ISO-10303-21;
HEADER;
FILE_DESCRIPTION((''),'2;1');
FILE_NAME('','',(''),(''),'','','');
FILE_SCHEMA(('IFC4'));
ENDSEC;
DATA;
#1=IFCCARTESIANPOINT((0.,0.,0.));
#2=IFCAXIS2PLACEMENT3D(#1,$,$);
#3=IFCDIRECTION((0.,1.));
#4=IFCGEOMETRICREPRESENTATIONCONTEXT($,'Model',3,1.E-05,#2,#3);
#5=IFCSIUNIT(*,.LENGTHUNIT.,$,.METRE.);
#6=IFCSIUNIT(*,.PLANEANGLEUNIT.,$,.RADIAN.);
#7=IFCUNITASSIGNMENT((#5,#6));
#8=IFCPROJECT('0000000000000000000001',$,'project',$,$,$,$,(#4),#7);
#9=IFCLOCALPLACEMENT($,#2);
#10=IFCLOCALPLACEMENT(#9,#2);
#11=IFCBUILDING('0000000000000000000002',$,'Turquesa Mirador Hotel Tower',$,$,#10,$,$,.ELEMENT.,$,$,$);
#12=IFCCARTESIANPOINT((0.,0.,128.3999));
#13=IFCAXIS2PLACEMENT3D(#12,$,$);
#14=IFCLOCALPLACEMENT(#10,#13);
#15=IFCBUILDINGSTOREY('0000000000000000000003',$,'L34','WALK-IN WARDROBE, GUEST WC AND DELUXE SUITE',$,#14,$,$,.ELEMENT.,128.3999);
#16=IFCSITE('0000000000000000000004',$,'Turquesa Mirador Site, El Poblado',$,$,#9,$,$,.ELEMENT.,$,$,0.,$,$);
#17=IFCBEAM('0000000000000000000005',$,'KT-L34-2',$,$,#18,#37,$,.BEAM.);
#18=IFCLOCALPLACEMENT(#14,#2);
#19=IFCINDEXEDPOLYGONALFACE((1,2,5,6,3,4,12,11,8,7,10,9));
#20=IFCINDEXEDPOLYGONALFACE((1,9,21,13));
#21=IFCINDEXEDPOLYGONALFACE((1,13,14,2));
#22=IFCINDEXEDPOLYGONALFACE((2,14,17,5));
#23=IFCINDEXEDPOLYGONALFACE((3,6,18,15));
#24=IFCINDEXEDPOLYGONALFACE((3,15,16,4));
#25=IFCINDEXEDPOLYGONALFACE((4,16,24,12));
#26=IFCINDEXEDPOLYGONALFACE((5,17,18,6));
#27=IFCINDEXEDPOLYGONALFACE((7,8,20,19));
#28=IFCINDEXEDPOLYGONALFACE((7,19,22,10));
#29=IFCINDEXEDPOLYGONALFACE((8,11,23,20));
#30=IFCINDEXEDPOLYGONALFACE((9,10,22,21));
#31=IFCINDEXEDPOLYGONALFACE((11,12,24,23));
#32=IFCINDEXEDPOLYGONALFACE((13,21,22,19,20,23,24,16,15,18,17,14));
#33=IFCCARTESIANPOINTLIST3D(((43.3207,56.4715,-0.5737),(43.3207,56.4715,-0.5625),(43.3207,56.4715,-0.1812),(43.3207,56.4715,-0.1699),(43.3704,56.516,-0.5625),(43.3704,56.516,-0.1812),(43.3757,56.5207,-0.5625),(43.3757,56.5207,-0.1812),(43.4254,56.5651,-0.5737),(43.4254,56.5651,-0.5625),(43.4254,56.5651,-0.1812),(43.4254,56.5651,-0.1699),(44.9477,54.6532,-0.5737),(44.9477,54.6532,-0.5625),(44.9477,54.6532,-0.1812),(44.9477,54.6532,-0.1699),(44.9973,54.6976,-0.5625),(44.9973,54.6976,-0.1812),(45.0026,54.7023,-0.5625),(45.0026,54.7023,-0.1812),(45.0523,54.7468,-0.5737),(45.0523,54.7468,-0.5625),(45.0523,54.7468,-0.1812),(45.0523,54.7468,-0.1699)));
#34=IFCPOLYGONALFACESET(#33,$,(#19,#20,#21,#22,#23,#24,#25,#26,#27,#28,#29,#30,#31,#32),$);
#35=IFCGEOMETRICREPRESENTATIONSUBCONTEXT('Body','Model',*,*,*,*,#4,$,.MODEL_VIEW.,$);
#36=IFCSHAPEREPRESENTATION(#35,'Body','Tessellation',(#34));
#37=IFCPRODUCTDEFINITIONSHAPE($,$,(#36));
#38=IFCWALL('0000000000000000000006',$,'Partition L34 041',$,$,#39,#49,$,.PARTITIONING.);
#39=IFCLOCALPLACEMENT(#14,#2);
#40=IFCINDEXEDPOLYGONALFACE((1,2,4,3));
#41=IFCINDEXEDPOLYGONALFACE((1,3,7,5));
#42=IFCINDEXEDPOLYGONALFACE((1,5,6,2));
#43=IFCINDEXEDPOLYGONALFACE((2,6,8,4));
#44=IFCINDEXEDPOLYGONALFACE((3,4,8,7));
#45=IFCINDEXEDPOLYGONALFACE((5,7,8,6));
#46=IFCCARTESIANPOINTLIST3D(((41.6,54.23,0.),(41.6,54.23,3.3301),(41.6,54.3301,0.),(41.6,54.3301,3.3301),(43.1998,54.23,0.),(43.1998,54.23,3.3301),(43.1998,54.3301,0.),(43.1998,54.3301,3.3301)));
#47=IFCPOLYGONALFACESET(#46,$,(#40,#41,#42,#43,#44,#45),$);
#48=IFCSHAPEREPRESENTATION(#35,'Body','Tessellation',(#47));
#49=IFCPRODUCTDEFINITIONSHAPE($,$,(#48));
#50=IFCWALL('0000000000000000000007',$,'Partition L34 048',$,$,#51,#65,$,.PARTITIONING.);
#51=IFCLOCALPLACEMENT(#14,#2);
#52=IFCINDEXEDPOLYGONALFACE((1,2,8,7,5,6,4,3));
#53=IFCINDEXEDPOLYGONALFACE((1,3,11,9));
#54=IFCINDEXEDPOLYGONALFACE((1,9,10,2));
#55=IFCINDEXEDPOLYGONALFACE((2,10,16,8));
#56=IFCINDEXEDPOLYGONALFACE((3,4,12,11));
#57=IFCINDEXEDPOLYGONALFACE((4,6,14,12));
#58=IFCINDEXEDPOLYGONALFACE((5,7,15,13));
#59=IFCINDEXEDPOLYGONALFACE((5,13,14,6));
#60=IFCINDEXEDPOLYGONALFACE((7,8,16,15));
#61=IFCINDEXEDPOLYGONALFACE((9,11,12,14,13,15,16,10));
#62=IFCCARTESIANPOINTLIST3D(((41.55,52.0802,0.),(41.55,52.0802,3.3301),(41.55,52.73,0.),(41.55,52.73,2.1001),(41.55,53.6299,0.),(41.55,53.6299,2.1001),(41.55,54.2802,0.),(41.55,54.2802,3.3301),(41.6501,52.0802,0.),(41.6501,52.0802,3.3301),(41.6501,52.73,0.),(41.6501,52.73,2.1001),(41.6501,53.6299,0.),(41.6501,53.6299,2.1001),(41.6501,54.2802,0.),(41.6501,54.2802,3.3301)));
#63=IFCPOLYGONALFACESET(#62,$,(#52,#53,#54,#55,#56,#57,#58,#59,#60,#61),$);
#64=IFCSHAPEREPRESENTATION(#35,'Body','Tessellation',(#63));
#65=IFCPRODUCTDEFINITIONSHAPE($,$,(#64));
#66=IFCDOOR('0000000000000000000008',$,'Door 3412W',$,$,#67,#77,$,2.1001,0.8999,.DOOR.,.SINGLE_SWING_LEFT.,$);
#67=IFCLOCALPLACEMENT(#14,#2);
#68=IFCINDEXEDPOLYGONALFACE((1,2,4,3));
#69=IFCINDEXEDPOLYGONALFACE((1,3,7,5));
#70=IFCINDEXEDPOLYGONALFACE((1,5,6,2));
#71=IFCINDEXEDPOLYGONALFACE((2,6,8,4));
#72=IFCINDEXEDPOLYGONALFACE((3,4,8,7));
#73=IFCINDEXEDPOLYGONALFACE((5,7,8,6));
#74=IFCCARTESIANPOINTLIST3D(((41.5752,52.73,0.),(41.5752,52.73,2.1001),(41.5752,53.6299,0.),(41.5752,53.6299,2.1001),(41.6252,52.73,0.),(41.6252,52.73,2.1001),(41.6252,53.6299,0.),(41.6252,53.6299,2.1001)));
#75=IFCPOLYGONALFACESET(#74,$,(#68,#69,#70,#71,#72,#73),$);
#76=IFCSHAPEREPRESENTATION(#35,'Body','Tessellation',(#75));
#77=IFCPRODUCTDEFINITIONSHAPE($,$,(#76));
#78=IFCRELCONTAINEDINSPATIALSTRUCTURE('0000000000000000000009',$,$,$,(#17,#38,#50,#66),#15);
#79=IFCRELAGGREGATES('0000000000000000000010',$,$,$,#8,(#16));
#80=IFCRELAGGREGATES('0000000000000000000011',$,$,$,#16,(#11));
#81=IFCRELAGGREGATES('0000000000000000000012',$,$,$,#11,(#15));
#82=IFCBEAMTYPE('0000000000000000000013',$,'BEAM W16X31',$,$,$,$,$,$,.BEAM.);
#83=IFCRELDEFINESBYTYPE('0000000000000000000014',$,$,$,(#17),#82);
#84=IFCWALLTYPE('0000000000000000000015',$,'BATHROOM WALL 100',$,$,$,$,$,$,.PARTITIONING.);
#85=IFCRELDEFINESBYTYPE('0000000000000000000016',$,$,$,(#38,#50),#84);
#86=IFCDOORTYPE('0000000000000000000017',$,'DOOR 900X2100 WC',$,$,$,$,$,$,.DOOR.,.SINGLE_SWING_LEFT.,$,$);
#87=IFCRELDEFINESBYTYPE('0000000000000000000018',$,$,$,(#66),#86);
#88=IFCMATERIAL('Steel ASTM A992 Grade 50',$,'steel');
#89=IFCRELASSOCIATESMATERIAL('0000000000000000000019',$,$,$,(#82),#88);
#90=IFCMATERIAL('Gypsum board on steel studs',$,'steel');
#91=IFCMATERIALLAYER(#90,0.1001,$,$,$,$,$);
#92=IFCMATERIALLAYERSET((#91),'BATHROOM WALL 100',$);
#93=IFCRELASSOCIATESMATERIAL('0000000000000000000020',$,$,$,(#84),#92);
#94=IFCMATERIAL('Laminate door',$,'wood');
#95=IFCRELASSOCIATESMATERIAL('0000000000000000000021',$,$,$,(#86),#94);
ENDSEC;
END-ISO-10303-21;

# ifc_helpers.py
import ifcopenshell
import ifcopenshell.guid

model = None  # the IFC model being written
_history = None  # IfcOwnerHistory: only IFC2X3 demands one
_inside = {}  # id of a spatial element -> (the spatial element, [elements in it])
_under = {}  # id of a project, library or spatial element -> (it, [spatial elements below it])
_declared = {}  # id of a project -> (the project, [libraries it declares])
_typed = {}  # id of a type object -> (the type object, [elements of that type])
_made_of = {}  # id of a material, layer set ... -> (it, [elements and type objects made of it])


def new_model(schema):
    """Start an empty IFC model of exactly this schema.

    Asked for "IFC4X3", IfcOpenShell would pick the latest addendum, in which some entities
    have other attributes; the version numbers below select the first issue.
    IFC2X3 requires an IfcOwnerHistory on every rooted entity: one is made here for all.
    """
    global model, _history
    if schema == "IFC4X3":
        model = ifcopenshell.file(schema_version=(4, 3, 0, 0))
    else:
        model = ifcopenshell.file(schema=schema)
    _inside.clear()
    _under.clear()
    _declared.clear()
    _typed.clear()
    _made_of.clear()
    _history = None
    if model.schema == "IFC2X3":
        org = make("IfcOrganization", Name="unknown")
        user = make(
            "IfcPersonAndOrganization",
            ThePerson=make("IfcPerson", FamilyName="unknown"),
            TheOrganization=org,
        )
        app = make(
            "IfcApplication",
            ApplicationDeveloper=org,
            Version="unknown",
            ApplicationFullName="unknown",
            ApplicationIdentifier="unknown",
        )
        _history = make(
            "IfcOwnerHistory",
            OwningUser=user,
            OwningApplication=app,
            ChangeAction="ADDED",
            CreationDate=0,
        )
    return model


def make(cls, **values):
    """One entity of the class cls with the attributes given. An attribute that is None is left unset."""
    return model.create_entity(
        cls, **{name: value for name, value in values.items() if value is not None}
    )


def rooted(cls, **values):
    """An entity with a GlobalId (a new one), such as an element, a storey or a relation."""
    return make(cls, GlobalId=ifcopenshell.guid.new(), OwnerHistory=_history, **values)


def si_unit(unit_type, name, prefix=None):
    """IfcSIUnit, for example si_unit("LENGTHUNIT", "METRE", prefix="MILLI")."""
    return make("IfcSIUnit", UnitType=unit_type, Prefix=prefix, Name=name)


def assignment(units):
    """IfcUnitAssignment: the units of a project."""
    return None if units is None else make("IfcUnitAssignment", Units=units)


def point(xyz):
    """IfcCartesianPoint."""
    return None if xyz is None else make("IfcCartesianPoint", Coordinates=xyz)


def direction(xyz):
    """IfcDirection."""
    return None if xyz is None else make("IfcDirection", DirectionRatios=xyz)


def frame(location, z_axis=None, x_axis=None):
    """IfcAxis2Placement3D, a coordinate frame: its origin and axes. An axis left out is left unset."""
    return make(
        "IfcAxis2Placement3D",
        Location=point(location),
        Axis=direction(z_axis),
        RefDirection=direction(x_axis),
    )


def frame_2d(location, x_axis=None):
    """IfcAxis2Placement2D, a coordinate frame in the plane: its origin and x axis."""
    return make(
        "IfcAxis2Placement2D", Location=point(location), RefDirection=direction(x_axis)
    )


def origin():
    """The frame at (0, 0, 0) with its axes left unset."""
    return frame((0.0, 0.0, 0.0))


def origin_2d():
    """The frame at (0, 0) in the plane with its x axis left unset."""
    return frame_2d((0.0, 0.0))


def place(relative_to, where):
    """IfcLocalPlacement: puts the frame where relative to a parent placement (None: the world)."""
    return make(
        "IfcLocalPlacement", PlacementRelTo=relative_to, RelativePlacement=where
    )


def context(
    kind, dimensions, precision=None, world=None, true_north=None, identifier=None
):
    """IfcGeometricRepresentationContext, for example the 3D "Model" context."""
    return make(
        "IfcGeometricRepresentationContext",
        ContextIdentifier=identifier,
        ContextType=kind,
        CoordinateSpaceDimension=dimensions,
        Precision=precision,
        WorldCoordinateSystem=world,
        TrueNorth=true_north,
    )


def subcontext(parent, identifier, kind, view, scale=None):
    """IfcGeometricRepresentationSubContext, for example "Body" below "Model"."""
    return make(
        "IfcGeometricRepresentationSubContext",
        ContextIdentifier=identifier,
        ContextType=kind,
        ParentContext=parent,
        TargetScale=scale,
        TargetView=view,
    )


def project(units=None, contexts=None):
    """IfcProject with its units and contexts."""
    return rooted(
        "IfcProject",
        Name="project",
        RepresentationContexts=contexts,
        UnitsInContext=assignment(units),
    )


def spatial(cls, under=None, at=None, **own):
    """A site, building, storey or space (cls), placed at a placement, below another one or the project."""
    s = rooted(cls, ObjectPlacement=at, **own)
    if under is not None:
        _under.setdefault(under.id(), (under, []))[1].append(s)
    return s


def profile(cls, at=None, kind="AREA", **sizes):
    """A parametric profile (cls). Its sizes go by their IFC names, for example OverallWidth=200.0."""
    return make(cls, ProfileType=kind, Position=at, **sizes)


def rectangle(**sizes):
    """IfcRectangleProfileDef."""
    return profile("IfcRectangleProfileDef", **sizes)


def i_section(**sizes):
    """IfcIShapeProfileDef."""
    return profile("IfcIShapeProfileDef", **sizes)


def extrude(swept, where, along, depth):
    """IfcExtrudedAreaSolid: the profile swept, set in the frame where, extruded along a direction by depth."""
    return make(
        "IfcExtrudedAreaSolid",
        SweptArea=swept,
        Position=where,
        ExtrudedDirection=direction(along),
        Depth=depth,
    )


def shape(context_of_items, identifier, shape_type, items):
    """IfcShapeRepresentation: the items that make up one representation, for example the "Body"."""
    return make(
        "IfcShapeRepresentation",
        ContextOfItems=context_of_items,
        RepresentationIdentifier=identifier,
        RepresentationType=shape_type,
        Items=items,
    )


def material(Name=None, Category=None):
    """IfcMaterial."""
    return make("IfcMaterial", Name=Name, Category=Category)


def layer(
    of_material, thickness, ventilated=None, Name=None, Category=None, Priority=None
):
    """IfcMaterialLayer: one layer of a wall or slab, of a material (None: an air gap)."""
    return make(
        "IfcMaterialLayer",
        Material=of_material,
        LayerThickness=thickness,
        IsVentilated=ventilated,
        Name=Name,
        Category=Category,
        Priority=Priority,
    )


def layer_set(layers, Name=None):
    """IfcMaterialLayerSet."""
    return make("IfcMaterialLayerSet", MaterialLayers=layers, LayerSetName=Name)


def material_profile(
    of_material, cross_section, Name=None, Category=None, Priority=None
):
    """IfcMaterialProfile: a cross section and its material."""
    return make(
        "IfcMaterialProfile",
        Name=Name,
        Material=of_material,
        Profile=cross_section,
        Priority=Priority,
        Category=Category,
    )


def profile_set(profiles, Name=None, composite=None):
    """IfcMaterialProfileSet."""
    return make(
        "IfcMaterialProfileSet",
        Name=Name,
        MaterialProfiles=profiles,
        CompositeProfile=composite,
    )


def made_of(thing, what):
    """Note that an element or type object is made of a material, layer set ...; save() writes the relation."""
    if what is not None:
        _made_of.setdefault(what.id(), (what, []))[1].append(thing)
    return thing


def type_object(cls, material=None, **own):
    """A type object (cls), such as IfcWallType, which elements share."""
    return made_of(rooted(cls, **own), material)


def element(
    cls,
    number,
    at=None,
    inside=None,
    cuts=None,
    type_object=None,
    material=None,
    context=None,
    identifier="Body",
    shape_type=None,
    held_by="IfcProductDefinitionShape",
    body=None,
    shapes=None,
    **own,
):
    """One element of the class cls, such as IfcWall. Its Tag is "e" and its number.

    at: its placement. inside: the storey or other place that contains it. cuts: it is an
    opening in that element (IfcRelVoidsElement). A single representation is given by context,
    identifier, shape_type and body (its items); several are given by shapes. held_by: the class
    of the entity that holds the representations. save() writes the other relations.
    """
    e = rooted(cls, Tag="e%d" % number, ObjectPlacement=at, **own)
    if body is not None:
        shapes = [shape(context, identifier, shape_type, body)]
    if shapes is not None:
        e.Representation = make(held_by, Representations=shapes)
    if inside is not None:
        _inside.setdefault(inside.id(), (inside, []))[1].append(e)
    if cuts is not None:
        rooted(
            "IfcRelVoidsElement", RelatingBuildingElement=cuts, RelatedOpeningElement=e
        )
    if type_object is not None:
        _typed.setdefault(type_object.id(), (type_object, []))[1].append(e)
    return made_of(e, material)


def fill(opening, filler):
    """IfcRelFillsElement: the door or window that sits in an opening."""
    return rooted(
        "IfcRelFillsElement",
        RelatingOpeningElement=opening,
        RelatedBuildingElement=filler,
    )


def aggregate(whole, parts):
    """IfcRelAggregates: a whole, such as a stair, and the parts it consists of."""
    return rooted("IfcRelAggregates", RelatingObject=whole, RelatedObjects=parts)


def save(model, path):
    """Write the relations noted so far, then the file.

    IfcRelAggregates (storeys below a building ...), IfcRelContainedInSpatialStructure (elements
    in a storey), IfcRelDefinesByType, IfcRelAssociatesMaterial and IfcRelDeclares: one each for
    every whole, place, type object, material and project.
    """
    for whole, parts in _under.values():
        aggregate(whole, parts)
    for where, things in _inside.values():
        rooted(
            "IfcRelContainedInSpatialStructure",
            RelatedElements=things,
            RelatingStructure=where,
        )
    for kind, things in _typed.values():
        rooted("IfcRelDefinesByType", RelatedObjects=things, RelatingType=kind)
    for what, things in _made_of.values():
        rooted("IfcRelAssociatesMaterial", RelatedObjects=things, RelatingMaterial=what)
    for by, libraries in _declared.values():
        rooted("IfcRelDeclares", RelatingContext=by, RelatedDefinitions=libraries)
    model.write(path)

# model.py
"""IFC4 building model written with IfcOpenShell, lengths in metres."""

from ifc_helpers import new_model, si_unit, direction, frame, frame_2d, origin, origin_2d, place, context, subcontext, project, spatial, rectangle, i_section, extrude, material, layer, layer_set, material_profile, profile_set, type_object, element, fill, save


model = new_model("IFC4")

# Units and contexts
model_context = context("Model", 3, precision=1e-05, world=origin(), true_north=direction((0.0, 1.0)))
body_context = subcontext(model_context, "Body", "Model", "MODEL_VIEW")
ifc_project = project(units=[si_unit("LENGTHUNIT", "METRE"), si_unit("PLANEANGLEUNIT", "RADIAN")], contexts=[model_context])

# Site, building, storey
site_placement = place(None, origin())
site = spatial("IfcSite", under=ifc_project, at=site_placement, Name="Turquesa Mirador Site, El Poblado", CompositionType="ELEMENT", RefElevation=0.0)
building_placement = place(site_placement, origin())
building = spatial("IfcBuilding", under=site, at=building_placement, Name="Turquesa Mirador Hotel Tower", CompositionType="ELEMENT")
storey_placement = place(building_placement, frame((0.0, 0.0, 128.3999)))
storey = spatial("IfcBuildingStorey", under=building, at=storey_placement, Name="L34", Description="WALK-IN WARDROBE, GUEST WC AND DELUXE SUITE", CompositionType="ELEMENT", Elevation=128.3999)

# Beam
ifc_material_1 = material(Name="Steel ASTM A992 Grade 50", Category="steel")
ifc_material_profile = material_profile(ifc_material_1, i_section(OverallWidth=0.1404, OverallDepth=0.4038, WebThickness=0.0071, FlangeThickness=0.0112, at=origin_2d()), Name="W16X31")
ifc_profile_set = profile_set([ifc_material_profile], Name="Steel ASTM A992 Grade 50")
beam_type = type_object("IfcBeamType", Name="BEAM W16X31", PredefinedType="BEAM", material=ifc_profile_set)
beam_placement = place(storey_placement, frame((43.373, 56.5183, -0.3718), z_axis=(0.666795, -0.745241, 0.0), x_axis=(0.745241, 0.666795, 0.0)))
element("IfcBeam", 1, at=beam_placement, inside=storey, type_object=beam_type, Name="KT-L34-2", PredefinedType="BEAM", context=body_context, shape_type="SweptSolid", body=[
    extrude(i_section(OverallWidth=0.1404, OverallDepth=0.4038, WebThickness=0.0071, FlangeThickness=0.0112, at=origin_2d()), origin(), (0.0, 0.0, 1.0), 2.4399),
])

# Wall
ifc_material_2 = material(Name="Gypsum board on steel studs", Category="steel")
ifc_layer_1 = layer(ifc_material_2, 0.1001)
ifc_layer_set_1 = layer_set([ifc_layer_1], Name="BATHROOM WALL 100")
wall_type_1 = type_object("IfcWallType", Name="BATHROOM WALL 100", PredefinedType="PARTITIONING", material=ifc_layer_set_1)
wall_1_placement = place(storey_placement, frame((41.6001, 54.28, 0.0), z_axis=(0.0, 0.0, 1.0), x_axis=(1.0, 0.0, 0.0)))
element("IfcWall", 2, at=wall_1_placement, inside=storey, type_object=wall_type_1, Name="Partition L34 041", PredefinedType="PARTITIONING", context=body_context, shape_type="SweptSolid", body=[
    extrude(rectangle(XDim=1.5999, YDim=0.1001, at=frame_2d((0.7998, 0.0))), origin(), (0.0, 0.0, 1.0), 3.3301),
])

# Wall, opening, door
wall_2_placement = place(storey_placement, frame((41.6001, 52.0801, 0.0), z_axis=(0.0, 0.0, 1.0), x_axis=(0.0, 1.0, 0.0)))
wall_2 = element("IfcWall", 3, at=wall_2_placement, inside=storey, type_object=wall_type_1, Name="Partition L34 048", PredefinedType="PARTITIONING", context=body_context, shape_type="SweptSolid", body=[
    extrude(rectangle(XDim=2.2, YDim=0.1001, at=frame_2d((1.1001, 0.0))), origin(), (0.0, 0.0, 1.0), 3.3301),
])
opening_1_placement = place(wall_2_placement, frame((0.6499, 0.0, 0.0)))
opening_1 = element("IfcOpeningElement", 4, at=opening_1_placement, cuts=wall_2, PredefinedType="OPENING", context=body_context, shape_type="SweptSolid", body=[
    extrude(rectangle(XDim=0.8999, YDim=2.1001, at=frame_2d((0.45, 1.05))), frame((0.0, 0.0601, 0.0), z_axis=(0.0, -1.0, 0.0), x_axis=(1.0, 0.0, 0.0)), (0.0, 0.0, 1.0), 0.1201),
])
ifc_material_3 = material(Name="Laminate door", Category="wood")
door_type_1 = type_object("IfcDoorType", Name="DOOR 900X2100 WC", OperationType="SINGLE_SWING_LEFT", PredefinedType="DOOR", material=ifc_material_3)
door_1_placement = place(opening_1_placement, origin())
door_1 = element("IfcDoor", 5, at=door_1_placement, inside=storey, type_object=door_type_1, Name="Door 3412W", OperationType="SINGLE_SWING_LEFT", OverallHeight=2.1001, OverallWidth=0.8999, PredefinedType="DOOR", context=body_context, shape_type="SweptSolid", body=[
    extrude(rectangle(XDim=0.8999, YDim=2.1001, at=frame_2d((0.45, 1.05))), frame((0.0, 0.0249, 0.0), z_axis=(0.0, -1.0, 0.0), x_axis=(1.0, 0.0, 0.0)), (0.0, 0.0, 1.0), 0.05),
])
fill(opening_1, door_1)

save(model, "model.ifc")
